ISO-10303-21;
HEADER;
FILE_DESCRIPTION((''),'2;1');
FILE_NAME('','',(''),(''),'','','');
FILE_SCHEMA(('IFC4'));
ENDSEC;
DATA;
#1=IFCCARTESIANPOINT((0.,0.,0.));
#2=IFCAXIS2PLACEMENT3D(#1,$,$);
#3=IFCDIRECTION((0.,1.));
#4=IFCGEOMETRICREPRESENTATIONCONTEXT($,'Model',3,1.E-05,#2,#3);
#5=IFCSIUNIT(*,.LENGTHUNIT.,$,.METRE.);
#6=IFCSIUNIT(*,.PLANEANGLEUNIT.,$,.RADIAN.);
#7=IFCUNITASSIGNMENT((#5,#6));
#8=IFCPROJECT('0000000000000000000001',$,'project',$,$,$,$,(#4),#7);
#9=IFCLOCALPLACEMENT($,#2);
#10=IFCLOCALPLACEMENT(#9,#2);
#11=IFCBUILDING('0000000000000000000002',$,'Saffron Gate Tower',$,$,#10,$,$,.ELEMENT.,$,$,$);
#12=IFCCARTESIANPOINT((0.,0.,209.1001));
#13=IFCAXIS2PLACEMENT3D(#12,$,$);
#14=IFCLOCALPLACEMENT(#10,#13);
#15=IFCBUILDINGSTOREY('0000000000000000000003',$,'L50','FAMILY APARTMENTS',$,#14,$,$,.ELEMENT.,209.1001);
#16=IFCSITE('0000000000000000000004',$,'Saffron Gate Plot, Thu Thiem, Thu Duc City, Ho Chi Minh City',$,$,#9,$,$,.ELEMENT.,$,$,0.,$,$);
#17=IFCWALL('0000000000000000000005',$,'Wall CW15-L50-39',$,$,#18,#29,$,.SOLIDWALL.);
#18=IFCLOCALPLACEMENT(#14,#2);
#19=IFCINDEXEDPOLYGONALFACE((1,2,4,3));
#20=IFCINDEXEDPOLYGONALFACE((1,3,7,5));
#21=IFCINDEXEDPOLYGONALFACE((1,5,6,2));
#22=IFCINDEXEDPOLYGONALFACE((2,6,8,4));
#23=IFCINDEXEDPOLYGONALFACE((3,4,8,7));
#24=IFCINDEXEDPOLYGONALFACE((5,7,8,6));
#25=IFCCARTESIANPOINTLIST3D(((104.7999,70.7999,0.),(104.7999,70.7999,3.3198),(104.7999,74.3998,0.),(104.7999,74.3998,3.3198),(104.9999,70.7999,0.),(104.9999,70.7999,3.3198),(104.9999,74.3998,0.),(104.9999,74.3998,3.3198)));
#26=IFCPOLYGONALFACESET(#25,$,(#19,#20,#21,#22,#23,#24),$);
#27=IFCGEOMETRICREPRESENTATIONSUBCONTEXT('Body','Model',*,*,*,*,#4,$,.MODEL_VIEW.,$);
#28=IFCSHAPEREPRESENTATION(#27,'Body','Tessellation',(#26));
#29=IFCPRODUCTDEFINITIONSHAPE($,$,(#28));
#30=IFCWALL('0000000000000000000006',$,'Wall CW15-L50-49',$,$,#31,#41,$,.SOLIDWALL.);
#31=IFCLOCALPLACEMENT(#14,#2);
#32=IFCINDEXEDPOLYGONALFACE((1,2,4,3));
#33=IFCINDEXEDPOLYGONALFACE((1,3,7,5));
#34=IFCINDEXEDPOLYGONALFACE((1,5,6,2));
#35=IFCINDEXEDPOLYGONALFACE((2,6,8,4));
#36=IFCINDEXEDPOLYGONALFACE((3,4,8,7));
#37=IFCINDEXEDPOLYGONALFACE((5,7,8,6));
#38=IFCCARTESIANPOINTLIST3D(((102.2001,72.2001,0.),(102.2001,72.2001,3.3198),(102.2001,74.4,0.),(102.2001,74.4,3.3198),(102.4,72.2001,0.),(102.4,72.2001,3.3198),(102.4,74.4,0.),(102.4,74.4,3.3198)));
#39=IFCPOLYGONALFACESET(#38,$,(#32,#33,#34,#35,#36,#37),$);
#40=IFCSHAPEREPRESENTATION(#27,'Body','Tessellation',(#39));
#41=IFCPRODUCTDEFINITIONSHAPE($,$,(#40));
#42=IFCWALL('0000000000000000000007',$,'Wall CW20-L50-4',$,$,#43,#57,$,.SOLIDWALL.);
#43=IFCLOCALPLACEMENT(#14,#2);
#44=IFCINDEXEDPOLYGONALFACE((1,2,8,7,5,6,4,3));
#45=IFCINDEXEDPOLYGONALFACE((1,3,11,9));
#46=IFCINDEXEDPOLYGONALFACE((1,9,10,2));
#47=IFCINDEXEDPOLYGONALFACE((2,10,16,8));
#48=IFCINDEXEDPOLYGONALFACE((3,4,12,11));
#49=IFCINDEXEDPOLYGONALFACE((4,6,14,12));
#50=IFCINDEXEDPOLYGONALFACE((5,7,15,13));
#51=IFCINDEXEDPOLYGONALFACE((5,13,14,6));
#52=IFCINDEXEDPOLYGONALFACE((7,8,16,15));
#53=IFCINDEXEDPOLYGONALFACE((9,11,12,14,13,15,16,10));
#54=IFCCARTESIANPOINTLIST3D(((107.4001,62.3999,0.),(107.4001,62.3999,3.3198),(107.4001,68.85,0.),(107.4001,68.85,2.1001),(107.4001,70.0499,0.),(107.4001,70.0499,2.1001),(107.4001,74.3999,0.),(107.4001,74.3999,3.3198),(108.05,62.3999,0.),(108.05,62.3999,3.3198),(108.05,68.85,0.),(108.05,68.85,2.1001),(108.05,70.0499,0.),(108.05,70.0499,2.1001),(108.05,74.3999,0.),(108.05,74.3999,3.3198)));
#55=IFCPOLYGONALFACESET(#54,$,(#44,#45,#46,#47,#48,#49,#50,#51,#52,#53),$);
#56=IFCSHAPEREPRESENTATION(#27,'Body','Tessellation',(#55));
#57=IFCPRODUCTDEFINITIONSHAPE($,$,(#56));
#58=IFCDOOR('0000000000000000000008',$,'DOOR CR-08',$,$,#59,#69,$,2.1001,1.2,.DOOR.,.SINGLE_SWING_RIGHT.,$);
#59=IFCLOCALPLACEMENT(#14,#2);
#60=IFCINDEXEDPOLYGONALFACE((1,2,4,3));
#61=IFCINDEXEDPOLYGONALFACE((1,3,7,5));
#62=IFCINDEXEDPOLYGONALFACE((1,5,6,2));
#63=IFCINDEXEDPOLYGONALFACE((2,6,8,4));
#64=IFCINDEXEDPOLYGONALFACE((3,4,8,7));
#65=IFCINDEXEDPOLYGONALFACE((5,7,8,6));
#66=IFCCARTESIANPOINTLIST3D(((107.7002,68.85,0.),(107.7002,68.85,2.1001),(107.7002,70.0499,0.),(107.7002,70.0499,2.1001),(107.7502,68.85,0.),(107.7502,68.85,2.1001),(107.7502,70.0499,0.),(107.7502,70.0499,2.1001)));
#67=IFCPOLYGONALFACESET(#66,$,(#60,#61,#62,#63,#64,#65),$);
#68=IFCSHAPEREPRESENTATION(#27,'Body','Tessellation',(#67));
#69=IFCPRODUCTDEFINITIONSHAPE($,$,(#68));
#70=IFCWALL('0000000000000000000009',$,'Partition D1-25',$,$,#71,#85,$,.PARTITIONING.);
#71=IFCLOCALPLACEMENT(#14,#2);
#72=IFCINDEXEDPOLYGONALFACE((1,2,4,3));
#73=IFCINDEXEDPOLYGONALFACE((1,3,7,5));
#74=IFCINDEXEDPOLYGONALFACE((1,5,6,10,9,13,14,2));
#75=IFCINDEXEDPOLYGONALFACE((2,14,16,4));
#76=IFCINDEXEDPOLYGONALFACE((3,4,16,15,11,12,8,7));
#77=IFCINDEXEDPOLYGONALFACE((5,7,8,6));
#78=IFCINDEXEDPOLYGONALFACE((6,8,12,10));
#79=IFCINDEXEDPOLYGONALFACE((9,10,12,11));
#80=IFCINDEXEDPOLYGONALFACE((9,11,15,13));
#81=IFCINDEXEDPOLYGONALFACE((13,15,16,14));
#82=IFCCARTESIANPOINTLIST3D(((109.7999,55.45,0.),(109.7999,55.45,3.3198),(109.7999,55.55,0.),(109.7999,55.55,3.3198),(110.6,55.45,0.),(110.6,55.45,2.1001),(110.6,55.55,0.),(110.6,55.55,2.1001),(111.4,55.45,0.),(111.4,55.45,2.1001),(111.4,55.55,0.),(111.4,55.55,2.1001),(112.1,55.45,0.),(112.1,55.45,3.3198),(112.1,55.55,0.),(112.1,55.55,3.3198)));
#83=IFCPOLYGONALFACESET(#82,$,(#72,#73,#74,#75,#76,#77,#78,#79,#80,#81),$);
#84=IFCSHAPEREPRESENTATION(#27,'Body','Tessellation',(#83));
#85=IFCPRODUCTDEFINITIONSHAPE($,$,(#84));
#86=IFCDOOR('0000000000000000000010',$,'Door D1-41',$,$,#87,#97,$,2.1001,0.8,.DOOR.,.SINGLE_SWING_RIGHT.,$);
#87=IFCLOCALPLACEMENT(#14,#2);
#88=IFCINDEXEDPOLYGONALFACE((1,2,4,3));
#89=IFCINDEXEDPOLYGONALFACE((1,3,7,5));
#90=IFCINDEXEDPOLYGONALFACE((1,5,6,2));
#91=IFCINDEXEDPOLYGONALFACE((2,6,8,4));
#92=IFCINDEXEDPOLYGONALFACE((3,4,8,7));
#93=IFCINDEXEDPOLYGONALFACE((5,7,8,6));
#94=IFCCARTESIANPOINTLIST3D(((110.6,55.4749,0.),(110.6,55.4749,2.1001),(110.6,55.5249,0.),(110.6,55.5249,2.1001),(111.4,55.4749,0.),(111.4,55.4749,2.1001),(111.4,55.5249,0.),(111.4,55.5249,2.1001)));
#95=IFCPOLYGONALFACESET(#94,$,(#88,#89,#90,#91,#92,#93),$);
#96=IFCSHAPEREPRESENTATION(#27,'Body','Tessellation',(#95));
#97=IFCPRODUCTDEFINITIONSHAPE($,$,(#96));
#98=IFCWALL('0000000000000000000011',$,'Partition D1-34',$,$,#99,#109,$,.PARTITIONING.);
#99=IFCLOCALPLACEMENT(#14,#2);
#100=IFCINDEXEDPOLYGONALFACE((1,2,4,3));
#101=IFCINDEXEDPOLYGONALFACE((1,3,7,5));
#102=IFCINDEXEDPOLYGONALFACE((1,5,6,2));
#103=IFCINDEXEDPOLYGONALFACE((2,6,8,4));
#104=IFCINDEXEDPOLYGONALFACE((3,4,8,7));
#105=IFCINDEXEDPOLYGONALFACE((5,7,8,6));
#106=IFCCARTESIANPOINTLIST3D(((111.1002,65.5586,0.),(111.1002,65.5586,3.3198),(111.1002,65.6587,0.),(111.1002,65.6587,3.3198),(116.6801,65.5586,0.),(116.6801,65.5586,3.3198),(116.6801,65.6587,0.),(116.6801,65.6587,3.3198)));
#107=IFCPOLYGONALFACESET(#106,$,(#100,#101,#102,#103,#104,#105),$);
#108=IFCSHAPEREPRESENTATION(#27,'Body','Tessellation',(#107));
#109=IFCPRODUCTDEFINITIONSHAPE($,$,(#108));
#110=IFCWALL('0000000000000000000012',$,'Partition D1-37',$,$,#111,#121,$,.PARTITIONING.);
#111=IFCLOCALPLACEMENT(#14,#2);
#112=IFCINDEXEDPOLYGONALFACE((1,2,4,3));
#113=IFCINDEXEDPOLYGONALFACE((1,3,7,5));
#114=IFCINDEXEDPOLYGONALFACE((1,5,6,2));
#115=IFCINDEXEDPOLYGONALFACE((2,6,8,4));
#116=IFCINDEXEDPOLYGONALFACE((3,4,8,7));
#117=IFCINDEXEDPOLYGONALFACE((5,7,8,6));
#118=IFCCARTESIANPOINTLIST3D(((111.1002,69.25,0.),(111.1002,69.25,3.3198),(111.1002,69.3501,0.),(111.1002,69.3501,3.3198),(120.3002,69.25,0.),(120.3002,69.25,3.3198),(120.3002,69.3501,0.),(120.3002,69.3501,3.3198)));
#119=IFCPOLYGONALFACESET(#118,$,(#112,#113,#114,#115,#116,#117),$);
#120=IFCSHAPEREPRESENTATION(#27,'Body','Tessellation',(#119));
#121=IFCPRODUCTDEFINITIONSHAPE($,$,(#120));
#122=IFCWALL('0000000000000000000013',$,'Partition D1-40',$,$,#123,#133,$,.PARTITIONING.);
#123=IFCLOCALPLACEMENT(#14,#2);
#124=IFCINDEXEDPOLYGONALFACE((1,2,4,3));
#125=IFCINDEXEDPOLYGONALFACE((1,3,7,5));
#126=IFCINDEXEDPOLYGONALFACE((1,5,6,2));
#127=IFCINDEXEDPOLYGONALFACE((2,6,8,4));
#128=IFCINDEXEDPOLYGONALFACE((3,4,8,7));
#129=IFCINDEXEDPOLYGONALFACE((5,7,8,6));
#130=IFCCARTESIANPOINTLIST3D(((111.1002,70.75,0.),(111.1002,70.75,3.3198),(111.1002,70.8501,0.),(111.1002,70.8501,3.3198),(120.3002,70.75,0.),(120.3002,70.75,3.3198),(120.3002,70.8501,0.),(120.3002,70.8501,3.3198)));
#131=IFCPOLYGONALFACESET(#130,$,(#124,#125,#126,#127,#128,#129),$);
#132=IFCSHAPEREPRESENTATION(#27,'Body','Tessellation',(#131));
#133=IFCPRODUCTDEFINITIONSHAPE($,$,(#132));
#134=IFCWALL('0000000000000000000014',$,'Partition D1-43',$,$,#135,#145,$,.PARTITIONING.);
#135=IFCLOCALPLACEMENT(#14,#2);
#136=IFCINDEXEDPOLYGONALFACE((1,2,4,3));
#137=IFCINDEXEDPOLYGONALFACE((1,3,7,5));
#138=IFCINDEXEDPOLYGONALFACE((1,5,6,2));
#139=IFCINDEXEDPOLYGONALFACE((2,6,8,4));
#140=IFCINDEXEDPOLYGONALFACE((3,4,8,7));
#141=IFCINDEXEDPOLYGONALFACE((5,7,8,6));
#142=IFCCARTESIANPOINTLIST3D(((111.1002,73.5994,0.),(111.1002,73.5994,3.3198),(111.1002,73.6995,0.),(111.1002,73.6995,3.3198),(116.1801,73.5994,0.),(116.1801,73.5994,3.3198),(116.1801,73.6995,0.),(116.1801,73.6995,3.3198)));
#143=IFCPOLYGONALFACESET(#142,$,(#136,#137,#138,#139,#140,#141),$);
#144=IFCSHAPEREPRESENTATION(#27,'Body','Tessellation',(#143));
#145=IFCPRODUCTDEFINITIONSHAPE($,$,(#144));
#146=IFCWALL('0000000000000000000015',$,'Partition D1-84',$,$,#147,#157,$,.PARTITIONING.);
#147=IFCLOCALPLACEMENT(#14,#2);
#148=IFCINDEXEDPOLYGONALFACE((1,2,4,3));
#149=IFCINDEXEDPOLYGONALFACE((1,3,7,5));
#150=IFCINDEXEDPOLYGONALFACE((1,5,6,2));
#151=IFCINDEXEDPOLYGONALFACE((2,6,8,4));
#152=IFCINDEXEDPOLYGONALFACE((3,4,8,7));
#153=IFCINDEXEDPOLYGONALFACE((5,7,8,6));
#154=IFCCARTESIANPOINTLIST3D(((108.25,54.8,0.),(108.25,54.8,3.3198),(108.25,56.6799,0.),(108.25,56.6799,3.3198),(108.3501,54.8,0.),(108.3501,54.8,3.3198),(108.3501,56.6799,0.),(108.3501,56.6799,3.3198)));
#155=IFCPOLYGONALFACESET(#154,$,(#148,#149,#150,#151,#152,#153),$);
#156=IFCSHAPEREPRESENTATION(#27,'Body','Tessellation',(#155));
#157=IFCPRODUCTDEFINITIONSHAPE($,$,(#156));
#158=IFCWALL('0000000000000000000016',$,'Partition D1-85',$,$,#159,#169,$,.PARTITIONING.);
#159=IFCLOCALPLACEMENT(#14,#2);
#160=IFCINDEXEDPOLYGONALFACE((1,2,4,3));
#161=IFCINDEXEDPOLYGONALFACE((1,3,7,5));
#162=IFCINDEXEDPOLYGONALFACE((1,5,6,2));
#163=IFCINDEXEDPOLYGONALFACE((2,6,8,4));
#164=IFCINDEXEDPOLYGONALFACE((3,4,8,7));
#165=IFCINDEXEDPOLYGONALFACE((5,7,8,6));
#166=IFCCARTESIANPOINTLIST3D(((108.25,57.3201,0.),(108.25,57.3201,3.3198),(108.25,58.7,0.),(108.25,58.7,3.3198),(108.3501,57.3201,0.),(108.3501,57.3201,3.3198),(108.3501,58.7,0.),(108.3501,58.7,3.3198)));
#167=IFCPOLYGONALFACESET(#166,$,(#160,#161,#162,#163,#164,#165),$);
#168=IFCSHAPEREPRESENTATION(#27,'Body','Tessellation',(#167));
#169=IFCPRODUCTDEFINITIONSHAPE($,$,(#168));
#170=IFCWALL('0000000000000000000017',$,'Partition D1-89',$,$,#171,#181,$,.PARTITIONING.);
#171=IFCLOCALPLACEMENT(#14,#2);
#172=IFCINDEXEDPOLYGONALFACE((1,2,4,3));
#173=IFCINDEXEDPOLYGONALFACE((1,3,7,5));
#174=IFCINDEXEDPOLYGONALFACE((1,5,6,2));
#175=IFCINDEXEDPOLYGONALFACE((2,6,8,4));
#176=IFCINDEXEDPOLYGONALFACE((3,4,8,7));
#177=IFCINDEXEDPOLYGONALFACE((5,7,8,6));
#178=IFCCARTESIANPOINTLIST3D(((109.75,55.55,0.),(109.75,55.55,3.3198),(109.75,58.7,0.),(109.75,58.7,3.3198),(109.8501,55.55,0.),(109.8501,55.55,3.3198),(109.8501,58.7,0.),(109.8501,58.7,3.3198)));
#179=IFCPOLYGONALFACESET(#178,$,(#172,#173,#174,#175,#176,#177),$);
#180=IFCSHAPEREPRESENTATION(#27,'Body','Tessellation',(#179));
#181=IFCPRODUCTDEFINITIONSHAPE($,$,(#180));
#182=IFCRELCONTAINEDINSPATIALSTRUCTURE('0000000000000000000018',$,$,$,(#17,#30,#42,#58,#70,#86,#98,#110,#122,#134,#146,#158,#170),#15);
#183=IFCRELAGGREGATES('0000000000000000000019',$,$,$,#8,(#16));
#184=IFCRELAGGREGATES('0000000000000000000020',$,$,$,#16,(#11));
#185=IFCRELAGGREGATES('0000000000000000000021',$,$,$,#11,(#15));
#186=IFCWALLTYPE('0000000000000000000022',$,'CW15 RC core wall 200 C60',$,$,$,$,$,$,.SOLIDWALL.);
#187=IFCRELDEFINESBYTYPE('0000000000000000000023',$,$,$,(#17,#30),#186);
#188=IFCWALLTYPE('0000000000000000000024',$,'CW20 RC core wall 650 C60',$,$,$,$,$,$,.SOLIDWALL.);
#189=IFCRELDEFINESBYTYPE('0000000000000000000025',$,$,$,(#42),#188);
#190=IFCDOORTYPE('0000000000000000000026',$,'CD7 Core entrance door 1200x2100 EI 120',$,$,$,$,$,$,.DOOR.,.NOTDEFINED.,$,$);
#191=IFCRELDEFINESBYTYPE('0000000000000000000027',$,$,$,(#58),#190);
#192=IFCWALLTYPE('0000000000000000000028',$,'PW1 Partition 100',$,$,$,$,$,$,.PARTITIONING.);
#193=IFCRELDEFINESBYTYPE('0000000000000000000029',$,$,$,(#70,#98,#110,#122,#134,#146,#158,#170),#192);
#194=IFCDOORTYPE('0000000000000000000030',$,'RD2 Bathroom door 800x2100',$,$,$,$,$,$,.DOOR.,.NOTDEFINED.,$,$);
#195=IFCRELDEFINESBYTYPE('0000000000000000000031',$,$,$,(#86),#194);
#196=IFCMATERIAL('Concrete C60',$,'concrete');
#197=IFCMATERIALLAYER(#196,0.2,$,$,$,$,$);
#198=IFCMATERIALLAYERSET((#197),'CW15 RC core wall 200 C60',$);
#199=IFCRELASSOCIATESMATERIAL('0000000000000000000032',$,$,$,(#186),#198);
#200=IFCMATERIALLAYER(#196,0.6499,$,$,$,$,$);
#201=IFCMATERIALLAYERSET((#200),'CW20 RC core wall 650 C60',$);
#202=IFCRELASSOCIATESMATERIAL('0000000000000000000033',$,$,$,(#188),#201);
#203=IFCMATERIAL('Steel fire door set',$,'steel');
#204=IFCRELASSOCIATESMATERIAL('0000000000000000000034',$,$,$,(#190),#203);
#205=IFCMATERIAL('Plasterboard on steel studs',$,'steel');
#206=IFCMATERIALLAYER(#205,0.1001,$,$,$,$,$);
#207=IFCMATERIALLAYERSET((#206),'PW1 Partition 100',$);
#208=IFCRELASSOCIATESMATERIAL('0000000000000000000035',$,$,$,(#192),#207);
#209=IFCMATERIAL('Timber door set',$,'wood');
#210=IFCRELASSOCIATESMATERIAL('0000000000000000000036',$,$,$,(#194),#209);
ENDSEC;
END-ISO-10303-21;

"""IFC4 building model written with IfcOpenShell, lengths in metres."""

from ifc_helpers import new_model, si_unit, direction, frame, frame_2d, origin, place, context, subcontext, project, spatial, rectangle, extrude, material, layer, layer_set, type_object, element, fill, save


model = new_model("IFC4")

# Units and contexts
model_context = context("Model", 3, precision=1e-05, world=origin(), true_north=direction((0.0, 1.0)))
body_context = subcontext(model_context, "Body", "Model", "MODEL_VIEW")
ifc_project = project(units=[si_unit("LENGTHUNIT", "METRE"), si_unit("PLANEANGLEUNIT", "RADIAN")], contexts=[model_context])

# Site, building, storey
site_placement = place(None, origin())
site = spatial("IfcSite", under=ifc_project, at=site_placement, Name="Saffron Gate Plot, Thu Thiem, Thu Duc City, Ho Chi Minh City", CompositionType="ELEMENT", RefElevation=0.0)
building_placement = place(site_placement, origin())
building = spatial("IfcBuilding", under=site, at=building_placement, Name="Saffron Gate Tower", CompositionType="ELEMENT")
storey_placement = place(building_placement, frame((0.0, 0.0, 209.1001)))
storey = spatial("IfcBuildingStorey", under=building, at=storey_placement, Name="L50", Description="FAMILY APARTMENTS", CompositionType="ELEMENT", Elevation=209.1001)

# Walls
ifc_material_1 = material(Name="Concrete C60", Category="concrete")
ifc_layer_1 = layer(ifc_material_1, 0.2)
ifc_layer_set_1 = layer_set([ifc_layer_1], Name="CW15 RC core wall 200 C60")
wall_type_1 = type_object("IfcWallType", Name="CW15 RC core wall 200 C60", PredefinedType="SOLIDWALL", material=ifc_layer_set_1)
wall_1_placement = place(storey_placement, frame((104.8999, 70.8, 0.0), z_axis=(0.0, 0.0, 1.0), x_axis=(0.0, 1.0, 0.0)))
element("IfcWall", 1, at=wall_1_placement, inside=storey, type_object=wall_type_1, Name="Wall CW15-L50-39", PredefinedType="SOLIDWALL", context=body_context, shape_type="SweptSolid", body=[
    extrude(rectangle(XDim=3.5999, YDim=0.2, at=frame_2d((1.7998, 0.0))), origin(), (0.0, 0.0, 1.0), 3.3198),
])
wall_2_placement = place(storey_placement, frame((102.3, 72.2, 0.0), z_axis=(0.0, 0.0, 1.0), x_axis=(0.0, 1.0, 0.0)))
element("IfcWall", 2, at=wall_2_placement, inside=storey, type_object=wall_type_1, Name="Wall CW15-L50-49", PredefinedType="SOLIDWALL", context=body_context, shape_type="SweptSolid", body=[
    extrude(rectangle(XDim=2.2, YDim=0.2, at=frame_2d((1.1001, 0.0))), origin(), (0.0, 0.0, 1.0), 3.3198),
])

# Walls, openings, doors
ifc_layer_2 = layer(ifc_material_1, 0.6499)
ifc_layer_set_2 = layer_set([ifc_layer_2], Name="CW20 RC core wall 650 C60")
wall_type_2 = type_object("IfcWallType", Name="CW20 RC core wall 650 C60", PredefinedType="SOLIDWALL", material=ifc_layer_set_2)
wall_3_placement = place(storey_placement, frame((107.7251, 62.3999, 0.0), z_axis=(0.0, 0.0, 1.0), x_axis=(0.0, 1.0, 0.0)))
wall_3 = element("IfcWall", 3, at=wall_3_placement, inside=storey, type_object=wall_type_2, Name="Wall CW20-L50-4", PredefinedType="SOLIDWALL", context=body_context, shape_type="SweptSolid", body=[
    extrude(rectangle(XDim=12.0, YDim=0.6499, at=frame_2d((6.0, 0.0))), origin(), (0.0, 0.0, 1.0), 3.3198),
])
opening_1_placement = place(wall_3_placement, frame((6.45, 0.0, 0.0)))
opening_1 = element("IfcOpeningElement", 4, at=opening_1_placement, cuts=wall_3, PredefinedType="OPENING", context=body_context, shape_type="SweptSolid", body=[
    extrude(rectangle(XDim=1.2, YDim=2.1001, at=frame_2d((0.6001, 1.05))), frame((0.0, 0.335, 0.0), z_axis=(0.0, -1.0, 0.0), x_axis=(1.0, 0.0, 0.0)), (0.0, 0.0, 1.0), 0.6699),
])
ifc_material_2 = material(Name="Steel fire door set", Category="steel")
door_type_1 = type_object("IfcDoorType", Name="CD7 Core entrance door 1200x2100 EI 120", OperationType="NOTDEFINED", PredefinedType="DOOR", material=ifc_material_2)
door_1_placement = place(opening_1_placement, origin())
door_1 = element("IfcDoor", 5, at=door_1_placement, inside=storey, type_object=door_type_1, Name="DOOR CR-08", OperationType="SINGLE_SWING_RIGHT", OverallHeight=2.1001, OverallWidth=1.2, PredefinedType="DOOR", context=body_context, shape_type="SweptSolid", body=[
    extrude(rectangle(XDim=1.2, YDim=2.1001, at=frame_2d((0.6001, 1.05))), frame((0.0, 0.0249, 0.0), z_axis=(0.0, -1.0, 0.0), x_axis=(1.0, 0.0, 0.0)), (0.0, 0.0, 1.0), 0.05),
])
fill(opening_1, door_1)
ifc_material_3 = material(Name="Plasterboard on steel studs", Category="steel")
ifc_layer_3 = layer(ifc_material_3, 0.1001)
ifc_layer_set_3 = layer_set([ifc_layer_3], Name="PW1 Partition 100")
wall_type_3 = type_object("IfcWallType", Name="PW1 Partition 100", PredefinedType="PARTITIONING", material=ifc_layer_set_3)
wall_4_placement = place(storey_placement, frame((109.8, 55.5, 0.0), z_axis=(0.0, 0.0, 1.0), x_axis=(1.0, 0.0, 0.0)))
wall_4 = element("IfcWall", 6, at=wall_4_placement, inside=storey, type_object=wall_type_3, Name="Partition D1-25", PredefinedType="PARTITIONING", context=body_context, shape_type="SweptSolid", body=[
    extrude(rectangle(XDim=2.3, YDim=0.1001, at=frame_2d((1.1499, 0.0))), origin(), (0.0, 0.0, 1.0), 3.3198),
])
opening_2_placement = place(wall_4_placement, frame((0.8, 0.0, 0.0)))
opening_2 = element("IfcOpeningElement", 7, at=opening_2_placement, cuts=wall_4, PredefinedType="OPENING", context=body_context, shape_type="SweptSolid", body=[
    extrude(rectangle(XDim=0.8, YDim=2.1001, at=frame_2d((0.3999, 1.05))), frame((0.0, 0.0601, 0.0), z_axis=(0.0, -1.0, 0.0), x_axis=(1.0, 0.0, 0.0)), (0.0, 0.0, 1.0), 0.1201),
])
ifc_material_4 = material(Name="Timber door set", Category="wood")
door_type_2 = type_object("IfcDoorType", Name="RD2 Bathroom door 800x2100", OperationType="NOTDEFINED", PredefinedType="DOOR", material=ifc_material_4)
door_2_placement = place(opening_2_placement, origin())
door_2 = element("IfcDoor", 8, at=door_2_placement, inside=storey, type_object=door_type_2, Name="Door D1-41", OperationType="SINGLE_SWING_RIGHT", OverallHeight=2.1001, OverallWidth=0.8, PredefinedType="DOOR", context=body_context, shape_type="SweptSolid", body=[
    extrude(rectangle(XDim=0.8, YDim=2.1001, at=frame_2d((0.3999, 1.05))), frame((0.0, 0.0249, 0.0), z_axis=(0.0, -1.0, 0.0), x_axis=(1.0, 0.0, 0.0)), (0.0, 0.0, 1.0), 0.05),
])
fill(opening_2, door_2)

# Walls
wall_5_placement = place(storey_placement, frame((111.1001, 65.6086, 0.0), z_axis=(0.0, 0.0, 1.0), x_axis=(1.0, 0.0, 0.0)))
element("IfcWall", 9, at=wall_5_placement, inside=storey, type_object=wall_type_3, Name="Partition D1-34", PredefinedType="PARTITIONING", context=body_context, shape_type="SweptSolid", body=[
    extrude(rectangle(XDim=5.5798, YDim=0.1001, at=frame_2d((2.79, 0.0))), origin(), (0.0, 0.0, 1.0), 3.3198),
])
for number, where, z_axis, x_axis, name in (
    (10, (111.1001, 69.3, 0.0), (0.0, 0.0, 1.0), (1.0, 0.0, 0.0), "Partition D1-37"),
    (11, (111.1001, 70.8, 0.0), (0.0, 0.0, 1.0), (1.0, 0.0, 0.0), "Partition D1-40"),
):
    element("IfcWall", number, at=place(storey_placement, frame(where, z_axis=z_axis, x_axis=x_axis)), inside=storey, type_object=wall_type_3, Name=name, PredefinedType="PARTITIONING", context=body_context, shape_type="SweptSolid", body=[
        extrude(rectangle(XDim=9.2, YDim=0.1001, at=frame_2d((4.6001, 0.0))), origin(), (0.0, 0.0, 1.0), 3.3198),
    ])
wall_6_placement = place(storey_placement, frame((111.1001, 73.6494, 0.0), z_axis=(0.0, 0.0, 1.0), x_axis=(1.0, 0.0, 0.0)))
element("IfcWall", 12, at=wall_6_placement, inside=storey, type_object=wall_type_3, Name="Partition D1-43", PredefinedType="PARTITIONING", context=body_context, shape_type="SweptSolid", body=[
    extrude(rectangle(XDim=5.0798, YDim=0.1001, at=frame_2d((2.54, 0.0))), origin(), (0.0, 0.0, 1.0), 3.3198),
])
wall_7_placement = place(storey_placement, frame((108.3, 56.6799, 0.0), z_axis=(0.0, 0.0, 1.0), x_axis=(0.0, -1.0, 0.0)))
element("IfcWall", 13, at=wall_7_placement, inside=storey, type_object=wall_type_3, Name="Partition D1-84", PredefinedType="PARTITIONING", context=body_context, shape_type="SweptSolid", body=[
    extrude(rectangle(XDim=1.8799, YDim=0.1001, at=frame_2d((0.9399, 0.0))), origin(), (0.0, 0.0, 1.0), 3.3198),
])
wall_8_placement = place(storey_placement, frame((108.3, 58.7, 0.0), z_axis=(0.0, 0.0, 1.0), x_axis=(0.0, -1.0, 0.0)))
element("IfcWall", 14, at=wall_8_placement, inside=storey, type_object=wall_type_3, Name="Partition D1-85", PredefinedType="PARTITIONING", context=body_context, shape_type="SweptSolid", body=[
    extrude(rectangle(XDim=1.3799, YDim=0.1001, at=frame_2d((0.6899, 0.0))), origin(), (0.0, 0.0, 1.0), 3.3198),
])
wall_9_placement = place(storey_placement, frame((109.8, 58.7, 0.0), z_axis=(0.0, 0.0, 1.0), x_axis=(0.0, -1.0, 0.0)))
element("IfcWall", 15, at=wall_9_placement, inside=storey, type_object=wall_type_3, Name="Partition D1-89", PredefinedType="PARTITIONING", context=body_context, shape_type="SweptSolid", body=[
    extrude(rectangle(XDim=3.1499, YDim=0.1001, at=frame_2d((1.575, 0.0))), origin(), (0.0, 0.0, 1.0), 3.3198),
])

save(model, "model.ifc")
